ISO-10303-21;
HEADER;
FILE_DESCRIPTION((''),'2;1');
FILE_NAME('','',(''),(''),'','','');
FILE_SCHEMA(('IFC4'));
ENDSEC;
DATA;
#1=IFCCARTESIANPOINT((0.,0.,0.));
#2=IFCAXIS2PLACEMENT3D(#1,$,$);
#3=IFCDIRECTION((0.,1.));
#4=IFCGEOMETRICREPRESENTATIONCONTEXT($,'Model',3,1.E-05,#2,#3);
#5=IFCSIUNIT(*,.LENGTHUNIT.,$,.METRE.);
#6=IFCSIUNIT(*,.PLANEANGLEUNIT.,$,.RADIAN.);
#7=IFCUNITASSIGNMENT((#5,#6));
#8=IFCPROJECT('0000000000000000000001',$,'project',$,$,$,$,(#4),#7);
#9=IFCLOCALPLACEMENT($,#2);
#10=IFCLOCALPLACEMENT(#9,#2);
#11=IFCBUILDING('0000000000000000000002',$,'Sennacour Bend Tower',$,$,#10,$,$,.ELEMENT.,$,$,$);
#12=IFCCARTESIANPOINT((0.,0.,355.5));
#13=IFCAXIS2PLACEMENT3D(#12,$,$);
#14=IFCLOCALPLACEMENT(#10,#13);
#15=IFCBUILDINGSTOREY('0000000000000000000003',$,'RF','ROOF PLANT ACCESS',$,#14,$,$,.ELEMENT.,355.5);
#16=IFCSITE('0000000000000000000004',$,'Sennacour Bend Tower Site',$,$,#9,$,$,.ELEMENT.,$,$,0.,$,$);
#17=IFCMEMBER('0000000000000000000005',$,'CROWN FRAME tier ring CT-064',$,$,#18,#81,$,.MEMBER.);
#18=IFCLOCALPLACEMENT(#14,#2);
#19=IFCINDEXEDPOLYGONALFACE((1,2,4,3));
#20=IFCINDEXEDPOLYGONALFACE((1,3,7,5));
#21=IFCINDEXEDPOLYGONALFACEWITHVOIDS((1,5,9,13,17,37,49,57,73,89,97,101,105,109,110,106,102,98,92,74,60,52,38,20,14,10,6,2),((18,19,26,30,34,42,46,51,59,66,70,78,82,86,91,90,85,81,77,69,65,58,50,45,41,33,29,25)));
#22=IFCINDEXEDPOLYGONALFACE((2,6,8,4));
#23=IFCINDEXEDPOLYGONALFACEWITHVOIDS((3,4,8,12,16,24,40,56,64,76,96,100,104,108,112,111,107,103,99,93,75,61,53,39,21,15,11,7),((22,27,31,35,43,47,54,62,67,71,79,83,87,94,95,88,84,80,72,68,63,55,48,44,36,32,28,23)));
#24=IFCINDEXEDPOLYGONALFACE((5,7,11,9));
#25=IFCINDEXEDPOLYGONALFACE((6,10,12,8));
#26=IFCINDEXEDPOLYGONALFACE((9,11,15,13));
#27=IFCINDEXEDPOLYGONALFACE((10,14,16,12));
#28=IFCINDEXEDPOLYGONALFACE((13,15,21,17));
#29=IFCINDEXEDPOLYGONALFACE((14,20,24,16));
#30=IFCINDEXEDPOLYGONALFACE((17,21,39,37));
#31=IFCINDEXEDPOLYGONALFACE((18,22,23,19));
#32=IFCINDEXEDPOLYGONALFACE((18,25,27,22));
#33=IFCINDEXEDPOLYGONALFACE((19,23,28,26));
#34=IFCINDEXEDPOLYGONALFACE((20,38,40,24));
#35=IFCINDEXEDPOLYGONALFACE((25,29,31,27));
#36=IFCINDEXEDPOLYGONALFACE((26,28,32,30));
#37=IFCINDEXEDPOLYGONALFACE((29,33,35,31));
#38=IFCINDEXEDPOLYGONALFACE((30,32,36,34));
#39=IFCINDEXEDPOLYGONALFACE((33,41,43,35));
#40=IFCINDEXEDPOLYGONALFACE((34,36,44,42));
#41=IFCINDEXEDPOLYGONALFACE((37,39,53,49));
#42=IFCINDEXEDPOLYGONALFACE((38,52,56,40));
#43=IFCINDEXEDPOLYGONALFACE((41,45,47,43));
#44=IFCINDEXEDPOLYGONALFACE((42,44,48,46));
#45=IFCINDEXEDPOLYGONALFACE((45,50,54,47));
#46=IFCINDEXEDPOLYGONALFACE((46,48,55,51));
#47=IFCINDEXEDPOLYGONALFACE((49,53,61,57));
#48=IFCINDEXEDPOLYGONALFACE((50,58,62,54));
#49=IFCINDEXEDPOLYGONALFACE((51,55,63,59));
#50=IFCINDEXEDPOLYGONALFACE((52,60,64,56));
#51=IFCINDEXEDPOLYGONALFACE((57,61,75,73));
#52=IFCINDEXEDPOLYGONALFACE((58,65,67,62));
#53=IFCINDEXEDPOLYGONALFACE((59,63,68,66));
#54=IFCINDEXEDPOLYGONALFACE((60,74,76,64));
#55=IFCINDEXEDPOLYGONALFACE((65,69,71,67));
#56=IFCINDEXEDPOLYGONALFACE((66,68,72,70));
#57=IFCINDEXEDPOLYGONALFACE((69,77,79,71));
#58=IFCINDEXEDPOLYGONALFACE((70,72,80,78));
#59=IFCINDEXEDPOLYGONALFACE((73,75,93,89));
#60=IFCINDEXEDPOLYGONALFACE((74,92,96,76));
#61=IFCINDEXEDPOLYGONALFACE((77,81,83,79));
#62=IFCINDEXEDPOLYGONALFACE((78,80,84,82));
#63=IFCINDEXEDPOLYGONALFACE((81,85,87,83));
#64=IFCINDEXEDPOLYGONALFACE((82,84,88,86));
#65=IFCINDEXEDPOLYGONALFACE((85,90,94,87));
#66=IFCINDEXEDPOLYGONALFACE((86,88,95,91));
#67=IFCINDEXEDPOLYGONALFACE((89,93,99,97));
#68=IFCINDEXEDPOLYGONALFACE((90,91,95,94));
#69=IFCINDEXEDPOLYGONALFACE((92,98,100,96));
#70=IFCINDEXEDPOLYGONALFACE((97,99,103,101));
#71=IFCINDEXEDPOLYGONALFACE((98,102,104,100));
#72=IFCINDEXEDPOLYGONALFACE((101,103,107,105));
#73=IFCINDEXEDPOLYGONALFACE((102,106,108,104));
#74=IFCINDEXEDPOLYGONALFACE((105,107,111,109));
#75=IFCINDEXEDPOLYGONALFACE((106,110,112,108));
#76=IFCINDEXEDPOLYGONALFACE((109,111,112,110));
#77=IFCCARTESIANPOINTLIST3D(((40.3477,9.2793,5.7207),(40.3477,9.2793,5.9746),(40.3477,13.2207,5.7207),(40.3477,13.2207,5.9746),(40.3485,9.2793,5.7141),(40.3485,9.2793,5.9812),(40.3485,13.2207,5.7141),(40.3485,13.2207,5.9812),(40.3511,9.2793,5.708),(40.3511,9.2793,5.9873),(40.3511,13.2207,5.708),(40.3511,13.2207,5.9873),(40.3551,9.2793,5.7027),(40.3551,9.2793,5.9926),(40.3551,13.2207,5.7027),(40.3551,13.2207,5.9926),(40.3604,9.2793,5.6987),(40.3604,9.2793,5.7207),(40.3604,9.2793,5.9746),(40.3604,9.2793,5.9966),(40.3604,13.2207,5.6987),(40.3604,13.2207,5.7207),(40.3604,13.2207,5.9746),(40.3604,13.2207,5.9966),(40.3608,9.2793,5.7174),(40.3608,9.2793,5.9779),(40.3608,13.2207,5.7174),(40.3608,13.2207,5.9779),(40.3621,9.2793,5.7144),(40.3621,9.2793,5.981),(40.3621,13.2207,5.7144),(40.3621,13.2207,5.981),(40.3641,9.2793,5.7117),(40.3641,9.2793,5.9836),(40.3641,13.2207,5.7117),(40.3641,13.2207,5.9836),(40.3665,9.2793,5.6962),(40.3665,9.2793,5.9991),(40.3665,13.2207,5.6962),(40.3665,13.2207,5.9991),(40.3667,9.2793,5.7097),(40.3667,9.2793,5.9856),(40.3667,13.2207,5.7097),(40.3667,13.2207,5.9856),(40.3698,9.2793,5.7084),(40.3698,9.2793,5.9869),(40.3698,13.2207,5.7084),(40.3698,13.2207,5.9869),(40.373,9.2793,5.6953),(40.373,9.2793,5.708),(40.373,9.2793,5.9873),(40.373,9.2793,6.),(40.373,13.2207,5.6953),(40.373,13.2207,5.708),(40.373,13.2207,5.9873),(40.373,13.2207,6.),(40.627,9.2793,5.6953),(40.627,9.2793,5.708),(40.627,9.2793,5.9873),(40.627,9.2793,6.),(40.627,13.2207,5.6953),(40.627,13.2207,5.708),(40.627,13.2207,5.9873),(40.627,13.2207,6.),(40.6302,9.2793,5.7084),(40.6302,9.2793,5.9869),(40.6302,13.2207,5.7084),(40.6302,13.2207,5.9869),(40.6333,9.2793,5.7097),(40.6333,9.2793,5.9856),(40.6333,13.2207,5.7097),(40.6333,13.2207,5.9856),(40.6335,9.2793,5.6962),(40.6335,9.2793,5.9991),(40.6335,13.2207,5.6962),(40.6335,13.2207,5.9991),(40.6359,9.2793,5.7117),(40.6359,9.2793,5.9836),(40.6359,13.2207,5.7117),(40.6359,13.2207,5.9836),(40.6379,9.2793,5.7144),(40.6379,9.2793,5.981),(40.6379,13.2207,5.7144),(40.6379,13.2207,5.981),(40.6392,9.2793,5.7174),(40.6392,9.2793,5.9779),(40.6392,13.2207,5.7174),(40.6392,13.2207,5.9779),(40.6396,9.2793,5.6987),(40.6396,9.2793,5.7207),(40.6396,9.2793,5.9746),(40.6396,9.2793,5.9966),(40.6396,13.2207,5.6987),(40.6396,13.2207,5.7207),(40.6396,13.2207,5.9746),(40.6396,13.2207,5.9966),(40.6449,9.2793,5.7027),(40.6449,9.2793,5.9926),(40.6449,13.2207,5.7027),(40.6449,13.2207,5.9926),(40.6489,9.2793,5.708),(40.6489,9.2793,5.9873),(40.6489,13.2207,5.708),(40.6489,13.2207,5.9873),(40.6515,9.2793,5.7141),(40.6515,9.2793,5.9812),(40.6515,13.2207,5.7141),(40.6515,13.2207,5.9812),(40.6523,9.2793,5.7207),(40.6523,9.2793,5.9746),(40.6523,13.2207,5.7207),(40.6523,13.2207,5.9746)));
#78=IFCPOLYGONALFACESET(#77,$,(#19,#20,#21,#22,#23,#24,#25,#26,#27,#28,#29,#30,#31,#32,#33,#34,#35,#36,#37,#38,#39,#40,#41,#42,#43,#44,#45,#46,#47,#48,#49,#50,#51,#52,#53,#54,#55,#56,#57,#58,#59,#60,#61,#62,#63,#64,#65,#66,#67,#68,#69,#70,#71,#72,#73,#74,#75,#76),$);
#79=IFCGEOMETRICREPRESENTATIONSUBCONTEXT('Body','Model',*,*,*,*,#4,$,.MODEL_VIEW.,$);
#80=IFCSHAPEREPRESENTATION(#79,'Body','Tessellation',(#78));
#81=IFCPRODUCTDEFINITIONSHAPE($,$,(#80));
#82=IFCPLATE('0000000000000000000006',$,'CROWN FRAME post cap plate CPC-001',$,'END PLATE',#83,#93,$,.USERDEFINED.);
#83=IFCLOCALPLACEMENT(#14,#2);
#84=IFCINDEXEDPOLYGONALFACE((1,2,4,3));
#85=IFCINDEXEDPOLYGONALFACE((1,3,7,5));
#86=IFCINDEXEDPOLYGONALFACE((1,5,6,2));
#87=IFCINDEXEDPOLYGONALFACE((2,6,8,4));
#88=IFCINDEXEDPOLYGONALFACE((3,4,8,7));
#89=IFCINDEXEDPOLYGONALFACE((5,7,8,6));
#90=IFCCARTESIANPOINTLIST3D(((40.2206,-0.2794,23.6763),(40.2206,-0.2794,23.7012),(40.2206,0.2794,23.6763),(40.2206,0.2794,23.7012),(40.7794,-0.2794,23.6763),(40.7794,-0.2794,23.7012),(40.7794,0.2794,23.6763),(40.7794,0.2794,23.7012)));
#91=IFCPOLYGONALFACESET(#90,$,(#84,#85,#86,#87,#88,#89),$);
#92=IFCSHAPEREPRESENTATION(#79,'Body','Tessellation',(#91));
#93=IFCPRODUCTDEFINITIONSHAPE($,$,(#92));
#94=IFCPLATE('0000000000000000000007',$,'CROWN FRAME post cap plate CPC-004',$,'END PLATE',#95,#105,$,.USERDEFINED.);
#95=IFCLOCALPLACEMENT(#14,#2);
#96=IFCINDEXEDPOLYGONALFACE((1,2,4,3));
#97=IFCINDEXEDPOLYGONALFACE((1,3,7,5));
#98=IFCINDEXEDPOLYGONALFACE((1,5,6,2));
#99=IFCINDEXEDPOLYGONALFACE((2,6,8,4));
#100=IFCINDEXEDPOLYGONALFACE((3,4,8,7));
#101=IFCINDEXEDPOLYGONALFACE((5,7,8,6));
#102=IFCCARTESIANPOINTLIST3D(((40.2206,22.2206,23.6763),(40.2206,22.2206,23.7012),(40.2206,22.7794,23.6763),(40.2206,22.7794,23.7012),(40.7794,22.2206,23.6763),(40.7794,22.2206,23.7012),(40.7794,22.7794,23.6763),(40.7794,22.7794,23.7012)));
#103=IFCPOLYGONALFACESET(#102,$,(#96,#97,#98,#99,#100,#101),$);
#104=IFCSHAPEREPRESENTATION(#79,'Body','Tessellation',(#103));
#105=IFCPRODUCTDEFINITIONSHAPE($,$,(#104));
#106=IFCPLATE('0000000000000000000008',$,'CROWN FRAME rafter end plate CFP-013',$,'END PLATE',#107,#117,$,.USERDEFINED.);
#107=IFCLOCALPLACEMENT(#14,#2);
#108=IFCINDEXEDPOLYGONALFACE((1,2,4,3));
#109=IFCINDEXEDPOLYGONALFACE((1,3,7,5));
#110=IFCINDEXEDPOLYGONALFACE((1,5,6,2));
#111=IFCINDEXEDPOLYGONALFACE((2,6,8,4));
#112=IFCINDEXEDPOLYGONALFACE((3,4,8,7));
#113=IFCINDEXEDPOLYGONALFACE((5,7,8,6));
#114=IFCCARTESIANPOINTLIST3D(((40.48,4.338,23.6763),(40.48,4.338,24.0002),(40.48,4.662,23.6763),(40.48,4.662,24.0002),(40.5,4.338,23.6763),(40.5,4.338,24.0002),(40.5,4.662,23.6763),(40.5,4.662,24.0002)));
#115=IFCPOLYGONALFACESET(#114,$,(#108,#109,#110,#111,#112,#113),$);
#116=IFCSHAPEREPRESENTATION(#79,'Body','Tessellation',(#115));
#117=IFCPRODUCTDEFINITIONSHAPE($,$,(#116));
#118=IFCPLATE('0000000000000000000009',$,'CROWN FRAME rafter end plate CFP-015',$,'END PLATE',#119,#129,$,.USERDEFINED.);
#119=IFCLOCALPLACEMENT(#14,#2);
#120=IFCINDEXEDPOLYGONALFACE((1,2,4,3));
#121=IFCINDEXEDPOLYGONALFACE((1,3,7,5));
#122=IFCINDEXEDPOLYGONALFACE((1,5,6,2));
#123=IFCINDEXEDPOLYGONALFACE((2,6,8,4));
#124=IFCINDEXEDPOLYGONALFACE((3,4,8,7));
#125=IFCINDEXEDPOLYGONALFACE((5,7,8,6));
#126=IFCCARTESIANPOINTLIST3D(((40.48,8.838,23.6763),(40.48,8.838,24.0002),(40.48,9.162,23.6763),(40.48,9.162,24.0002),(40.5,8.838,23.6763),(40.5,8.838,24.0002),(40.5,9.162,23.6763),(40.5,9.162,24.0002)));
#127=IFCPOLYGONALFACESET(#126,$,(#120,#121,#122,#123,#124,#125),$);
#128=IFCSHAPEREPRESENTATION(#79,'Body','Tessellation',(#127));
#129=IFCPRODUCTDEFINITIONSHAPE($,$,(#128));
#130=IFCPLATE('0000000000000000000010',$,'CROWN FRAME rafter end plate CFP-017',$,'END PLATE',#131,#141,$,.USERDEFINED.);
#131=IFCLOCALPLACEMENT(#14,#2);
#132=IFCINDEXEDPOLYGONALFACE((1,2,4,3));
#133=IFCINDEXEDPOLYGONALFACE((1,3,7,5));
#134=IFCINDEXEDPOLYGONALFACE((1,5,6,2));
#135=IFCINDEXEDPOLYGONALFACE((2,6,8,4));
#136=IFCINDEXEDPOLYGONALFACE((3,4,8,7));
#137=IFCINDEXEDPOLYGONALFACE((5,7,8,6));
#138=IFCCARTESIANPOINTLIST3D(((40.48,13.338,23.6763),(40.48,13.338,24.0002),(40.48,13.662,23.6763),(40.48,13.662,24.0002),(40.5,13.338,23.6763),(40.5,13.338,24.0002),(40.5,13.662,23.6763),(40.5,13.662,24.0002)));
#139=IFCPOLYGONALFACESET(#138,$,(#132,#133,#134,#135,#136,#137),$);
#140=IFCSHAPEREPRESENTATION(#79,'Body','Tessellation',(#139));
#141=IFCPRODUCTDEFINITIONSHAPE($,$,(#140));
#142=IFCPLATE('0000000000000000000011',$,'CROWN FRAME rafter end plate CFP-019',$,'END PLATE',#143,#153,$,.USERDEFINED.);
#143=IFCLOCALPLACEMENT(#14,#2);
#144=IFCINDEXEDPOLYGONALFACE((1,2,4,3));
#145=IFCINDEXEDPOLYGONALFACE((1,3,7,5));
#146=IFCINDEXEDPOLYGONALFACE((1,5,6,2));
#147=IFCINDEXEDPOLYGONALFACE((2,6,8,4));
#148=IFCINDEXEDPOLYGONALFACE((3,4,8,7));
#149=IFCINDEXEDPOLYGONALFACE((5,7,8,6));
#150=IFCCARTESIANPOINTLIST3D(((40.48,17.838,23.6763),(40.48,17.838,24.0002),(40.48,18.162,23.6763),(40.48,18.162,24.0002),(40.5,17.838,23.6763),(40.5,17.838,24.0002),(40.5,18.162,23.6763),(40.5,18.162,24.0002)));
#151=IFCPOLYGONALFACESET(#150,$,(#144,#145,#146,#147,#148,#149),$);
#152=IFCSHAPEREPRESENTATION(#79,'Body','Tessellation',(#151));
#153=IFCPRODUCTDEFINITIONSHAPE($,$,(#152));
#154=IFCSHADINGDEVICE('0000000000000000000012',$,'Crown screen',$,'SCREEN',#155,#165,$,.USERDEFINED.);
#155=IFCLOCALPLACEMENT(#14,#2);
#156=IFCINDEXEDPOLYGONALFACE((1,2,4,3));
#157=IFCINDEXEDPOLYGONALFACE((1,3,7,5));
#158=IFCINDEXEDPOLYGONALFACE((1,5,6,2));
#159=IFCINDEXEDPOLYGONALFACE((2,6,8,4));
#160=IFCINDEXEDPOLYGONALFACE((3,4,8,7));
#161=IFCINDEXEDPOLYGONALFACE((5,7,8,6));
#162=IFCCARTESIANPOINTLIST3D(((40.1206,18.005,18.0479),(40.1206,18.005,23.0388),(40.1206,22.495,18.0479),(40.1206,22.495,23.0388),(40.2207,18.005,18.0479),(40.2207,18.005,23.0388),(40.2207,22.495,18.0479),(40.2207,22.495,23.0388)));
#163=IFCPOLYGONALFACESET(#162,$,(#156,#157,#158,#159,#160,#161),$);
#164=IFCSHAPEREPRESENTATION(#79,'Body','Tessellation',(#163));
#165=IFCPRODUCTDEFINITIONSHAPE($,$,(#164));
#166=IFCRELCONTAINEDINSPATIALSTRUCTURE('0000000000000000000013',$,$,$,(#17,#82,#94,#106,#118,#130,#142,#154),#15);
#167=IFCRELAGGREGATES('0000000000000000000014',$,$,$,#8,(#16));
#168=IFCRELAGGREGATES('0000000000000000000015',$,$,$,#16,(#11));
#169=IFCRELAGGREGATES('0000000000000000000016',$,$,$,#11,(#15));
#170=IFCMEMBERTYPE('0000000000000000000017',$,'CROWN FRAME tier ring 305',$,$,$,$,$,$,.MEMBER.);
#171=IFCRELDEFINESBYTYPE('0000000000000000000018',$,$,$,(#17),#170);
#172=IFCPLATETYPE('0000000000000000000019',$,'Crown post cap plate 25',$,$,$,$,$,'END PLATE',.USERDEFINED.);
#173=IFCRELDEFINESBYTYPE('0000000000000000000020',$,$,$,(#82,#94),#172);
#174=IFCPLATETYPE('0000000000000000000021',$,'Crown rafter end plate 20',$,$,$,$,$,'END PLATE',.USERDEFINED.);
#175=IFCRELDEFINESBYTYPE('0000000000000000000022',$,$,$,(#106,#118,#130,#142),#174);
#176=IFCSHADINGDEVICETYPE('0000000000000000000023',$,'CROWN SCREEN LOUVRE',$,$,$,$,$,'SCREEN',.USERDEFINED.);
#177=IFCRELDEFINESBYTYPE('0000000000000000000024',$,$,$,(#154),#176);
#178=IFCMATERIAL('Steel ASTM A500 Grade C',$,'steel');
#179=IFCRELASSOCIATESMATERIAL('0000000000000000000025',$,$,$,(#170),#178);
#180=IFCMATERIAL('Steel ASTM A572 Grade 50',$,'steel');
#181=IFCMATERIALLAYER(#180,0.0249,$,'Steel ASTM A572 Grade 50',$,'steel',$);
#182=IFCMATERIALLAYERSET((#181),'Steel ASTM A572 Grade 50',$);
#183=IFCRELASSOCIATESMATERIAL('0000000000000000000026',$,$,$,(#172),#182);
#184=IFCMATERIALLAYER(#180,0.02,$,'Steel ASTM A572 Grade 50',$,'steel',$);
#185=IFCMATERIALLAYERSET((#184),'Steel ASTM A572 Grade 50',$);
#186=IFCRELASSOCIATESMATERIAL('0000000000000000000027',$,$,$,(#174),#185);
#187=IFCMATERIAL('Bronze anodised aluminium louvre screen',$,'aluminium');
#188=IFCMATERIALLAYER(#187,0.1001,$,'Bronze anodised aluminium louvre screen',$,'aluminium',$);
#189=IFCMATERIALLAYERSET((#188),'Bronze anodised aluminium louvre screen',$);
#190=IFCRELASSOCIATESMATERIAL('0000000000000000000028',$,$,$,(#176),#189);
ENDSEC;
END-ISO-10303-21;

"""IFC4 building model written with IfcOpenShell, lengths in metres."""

from ifc_helpers import new_model, si_unit, direction, frame, origin, origin_2d, place, context, subcontext, project, spatial, rectangle, hollow_rectangle, extrude, material, layer, layer_set, material_profile, profile_set, type_object, element, save


model = new_model("IFC4")

# Units and contexts
model_context = context("Model", 3, precision=1e-05, world=origin(), true_north=direction((0.0, 1.0)))
body_context = subcontext(model_context, "Body", "Model", "MODEL_VIEW")
ifc_project = project(units=[si_unit("LENGTHUNIT", "METRE"), si_unit("PLANEANGLEUNIT", "RADIAN")], contexts=[model_context])

# Site, building, storey
site_placement = place(None, origin())
site = spatial("IfcSite", under=ifc_project, at=site_placement, Name="Sennacour Bend Tower Site", CompositionType="ELEMENT", RefElevation=0.0)
building_placement = place(site_placement, origin())
building = spatial("IfcBuilding", under=site, at=building_placement, Name="Sennacour Bend Tower", CompositionType="ELEMENT")
storey_placement = place(building_placement, frame((0.0, 0.0, 355.5)))
storey = spatial("IfcBuildingStorey", under=building, at=storey_placement, Name="RF", Description="ROOF PLANT ACCESS", CompositionType="ELEMENT", Elevation=355.5)

# Shared definitions
ifc_material_1 = material(Name="Steel ASTM A500 Grade C", Category="steel")

# Member
ifc_material_profile_1 = material_profile(ifc_material_1, hollow_rectangle(XDim=0.3047, YDim=0.3047, WallThickness=0.0127, InnerFilletRadius=0.0127, OuterFilletRadius=0.0254, at=origin_2d()), Name="Steel ASTM A500 Grade C", Category="steel")
ifc_profile_set_1 = profile_set([ifc_material_profile_1], Name="Steel ASTM A500 Grade C")
member_type_1 = type_object("IfcMemberType", Name="CROWN FRAME tier ring 305", PredefinedType="MEMBER", material=ifc_profile_set_1)
for number, where, z_axis, x_axis, name in (
    (1, (40.5, 13.2207, 5.8477), (0.0, -1.0, 0.0), (1.0, 0.0, 0.0), "CROWN FRAME tier ring CT-064"),
):
    element("IfcMember", number, at=place(storey_placement, frame(where, z_axis=z_axis, x_axis=x_axis)), inside=storey, type_object=member_type_1, Name=name, PredefinedType="MEMBER", context=body_context, shape_type="SweptSolid", body=[
        extrude(hollow_rectangle(XDim=0.3047, YDim=0.3047, WallThickness=0.0127, InnerFilletRadius=0.0127, OuterFilletRadius=0.0254, at=origin_2d()), origin(), (0.0, 0.0, 1.0), 3.9414),
    ])

# Plates
ifc_material_2 = material(Name="Steel ASTM A572 Grade 50", Category="steel")
ifc_layer_1 = layer(ifc_material_2, 0.0249, Name="Steel ASTM A572 Grade 50", Category="steel")
ifc_layer_set_1 = layer_set([ifc_layer_1], Name="Steel ASTM A572 Grade 50")
plate_type_1 = type_object("IfcPlateType", Name="Crown post cap plate 25", ElementType="END PLATE", PredefinedType="USERDEFINED", material=ifc_layer_set_1)
for number, where, z_axis, x_axis, name in (
    (2, (40.5, 0.0, 23.6763), (0.0, 0.0, 1.0), (1.0, 0.0, 0.0), "CROWN FRAME post cap plate CPC-001"),
    (3, (40.5, 22.5, 23.6763), (0.0, 0.0, 1.0), (1.0, 0.0, 0.0), "CROWN FRAME post cap plate CPC-004"),
):
    element("IfcPlate", number, at=place(storey_placement, frame(where, z_axis=z_axis, x_axis=x_axis)), inside=storey, type_object=plate_type_1, Name=name, ObjectType="END PLATE", PredefinedType="USERDEFINED", context=body_context, shape_type="SweptSolid", body=[
        extrude(rectangle(XDim=0.5588, YDim=0.5588, at=origin_2d()), origin(), (0.0, 0.0, 1.0), 0.0249),
    ])
ifc_layer_2 = layer(ifc_material_2, 0.02, Name="Steel ASTM A572 Grade 50", Category="steel")
ifc_layer_set_2 = layer_set([ifc_layer_2], Name="Steel ASTM A572 Grade 50")
plate_type_2 = type_object("IfcPlateType", Name="Crown rafter end plate 20", ElementType="END PLATE", PredefinedType="USERDEFINED", material=ifc_layer_set_2)
for number, where, z_axis, x_axis, name in (
    (4, (40.49, 4.5, 23.6763), (0.0, 0.0, 1.0), (1.0, 0.0, 0.0), "CROWN FRAME rafter end plate CFP-013"),
    (5, (40.49, 9.0, 23.6763), (0.0, 0.0, 1.0), (1.0, 0.0, 0.0), "CROWN FRAME rafter end plate CFP-015"),
    (6, (40.49, 13.5, 23.6763), (0.0, 0.0, 1.0), (1.0, 0.0, 0.0), "CROWN FRAME rafter end plate CFP-017"),
    (7, (40.49, 18.0, 23.6763), (0.0, 0.0, 1.0), (1.0, 0.0, 0.0), "CROWN FRAME rafter end plate CFP-019"),
):
    element("IfcPlate", number, at=place(storey_placement, frame(where, z_axis=z_axis, x_axis=x_axis)), inside=storey, type_object=plate_type_2, Name=name, ObjectType="END PLATE", PredefinedType="USERDEFINED", context=body_context, shape_type="SweptSolid", body=[
        extrude(rectangle(XDim=0.02, YDim=0.324, at=origin_2d()), origin(), (0.0, 0.0, 1.0), 0.324),
    ])

# Shading device
ifc_material_3 = material(Name="Bronze anodised aluminium louvre screen", Category="aluminium")
ifc_layer_3 = layer(ifc_material_3, 0.1001, Name="Bronze anodised aluminium louvre screen", Category="aluminium")
ifc_layer_set_3 = layer_set([ifc_layer_3], Name="Bronze anodised aluminium louvre screen")
shading_device_type = type_object("IfcShadingDeviceType", Name="CROWN SCREEN LOUVRE", ElementType="SCREEN", PredefinedType="USERDEFINED", material=ifc_layer_set_3)
shading_device_placement = place(storey_placement, frame((40.1707, 20.25, 18.0479), z_axis=(0.0, 0.0, 1.0), x_axis=(0.0, 1.0, 0.0)))
element("IfcShadingDevice", 8, at=shading_device_placement, inside=storey, type_object=shading_device_type, Name="Crown screen", ObjectType="SCREEN", PredefinedType="USERDEFINED", context=body_context, shape_type="SweptSolid", body=[
    extrude(rectangle(XDim=4.49, YDim=0.1001, at=origin_2d()), origin(), (0.0, 0.0, 1.0), 4.991),
])

save(model, "model.ifc")
